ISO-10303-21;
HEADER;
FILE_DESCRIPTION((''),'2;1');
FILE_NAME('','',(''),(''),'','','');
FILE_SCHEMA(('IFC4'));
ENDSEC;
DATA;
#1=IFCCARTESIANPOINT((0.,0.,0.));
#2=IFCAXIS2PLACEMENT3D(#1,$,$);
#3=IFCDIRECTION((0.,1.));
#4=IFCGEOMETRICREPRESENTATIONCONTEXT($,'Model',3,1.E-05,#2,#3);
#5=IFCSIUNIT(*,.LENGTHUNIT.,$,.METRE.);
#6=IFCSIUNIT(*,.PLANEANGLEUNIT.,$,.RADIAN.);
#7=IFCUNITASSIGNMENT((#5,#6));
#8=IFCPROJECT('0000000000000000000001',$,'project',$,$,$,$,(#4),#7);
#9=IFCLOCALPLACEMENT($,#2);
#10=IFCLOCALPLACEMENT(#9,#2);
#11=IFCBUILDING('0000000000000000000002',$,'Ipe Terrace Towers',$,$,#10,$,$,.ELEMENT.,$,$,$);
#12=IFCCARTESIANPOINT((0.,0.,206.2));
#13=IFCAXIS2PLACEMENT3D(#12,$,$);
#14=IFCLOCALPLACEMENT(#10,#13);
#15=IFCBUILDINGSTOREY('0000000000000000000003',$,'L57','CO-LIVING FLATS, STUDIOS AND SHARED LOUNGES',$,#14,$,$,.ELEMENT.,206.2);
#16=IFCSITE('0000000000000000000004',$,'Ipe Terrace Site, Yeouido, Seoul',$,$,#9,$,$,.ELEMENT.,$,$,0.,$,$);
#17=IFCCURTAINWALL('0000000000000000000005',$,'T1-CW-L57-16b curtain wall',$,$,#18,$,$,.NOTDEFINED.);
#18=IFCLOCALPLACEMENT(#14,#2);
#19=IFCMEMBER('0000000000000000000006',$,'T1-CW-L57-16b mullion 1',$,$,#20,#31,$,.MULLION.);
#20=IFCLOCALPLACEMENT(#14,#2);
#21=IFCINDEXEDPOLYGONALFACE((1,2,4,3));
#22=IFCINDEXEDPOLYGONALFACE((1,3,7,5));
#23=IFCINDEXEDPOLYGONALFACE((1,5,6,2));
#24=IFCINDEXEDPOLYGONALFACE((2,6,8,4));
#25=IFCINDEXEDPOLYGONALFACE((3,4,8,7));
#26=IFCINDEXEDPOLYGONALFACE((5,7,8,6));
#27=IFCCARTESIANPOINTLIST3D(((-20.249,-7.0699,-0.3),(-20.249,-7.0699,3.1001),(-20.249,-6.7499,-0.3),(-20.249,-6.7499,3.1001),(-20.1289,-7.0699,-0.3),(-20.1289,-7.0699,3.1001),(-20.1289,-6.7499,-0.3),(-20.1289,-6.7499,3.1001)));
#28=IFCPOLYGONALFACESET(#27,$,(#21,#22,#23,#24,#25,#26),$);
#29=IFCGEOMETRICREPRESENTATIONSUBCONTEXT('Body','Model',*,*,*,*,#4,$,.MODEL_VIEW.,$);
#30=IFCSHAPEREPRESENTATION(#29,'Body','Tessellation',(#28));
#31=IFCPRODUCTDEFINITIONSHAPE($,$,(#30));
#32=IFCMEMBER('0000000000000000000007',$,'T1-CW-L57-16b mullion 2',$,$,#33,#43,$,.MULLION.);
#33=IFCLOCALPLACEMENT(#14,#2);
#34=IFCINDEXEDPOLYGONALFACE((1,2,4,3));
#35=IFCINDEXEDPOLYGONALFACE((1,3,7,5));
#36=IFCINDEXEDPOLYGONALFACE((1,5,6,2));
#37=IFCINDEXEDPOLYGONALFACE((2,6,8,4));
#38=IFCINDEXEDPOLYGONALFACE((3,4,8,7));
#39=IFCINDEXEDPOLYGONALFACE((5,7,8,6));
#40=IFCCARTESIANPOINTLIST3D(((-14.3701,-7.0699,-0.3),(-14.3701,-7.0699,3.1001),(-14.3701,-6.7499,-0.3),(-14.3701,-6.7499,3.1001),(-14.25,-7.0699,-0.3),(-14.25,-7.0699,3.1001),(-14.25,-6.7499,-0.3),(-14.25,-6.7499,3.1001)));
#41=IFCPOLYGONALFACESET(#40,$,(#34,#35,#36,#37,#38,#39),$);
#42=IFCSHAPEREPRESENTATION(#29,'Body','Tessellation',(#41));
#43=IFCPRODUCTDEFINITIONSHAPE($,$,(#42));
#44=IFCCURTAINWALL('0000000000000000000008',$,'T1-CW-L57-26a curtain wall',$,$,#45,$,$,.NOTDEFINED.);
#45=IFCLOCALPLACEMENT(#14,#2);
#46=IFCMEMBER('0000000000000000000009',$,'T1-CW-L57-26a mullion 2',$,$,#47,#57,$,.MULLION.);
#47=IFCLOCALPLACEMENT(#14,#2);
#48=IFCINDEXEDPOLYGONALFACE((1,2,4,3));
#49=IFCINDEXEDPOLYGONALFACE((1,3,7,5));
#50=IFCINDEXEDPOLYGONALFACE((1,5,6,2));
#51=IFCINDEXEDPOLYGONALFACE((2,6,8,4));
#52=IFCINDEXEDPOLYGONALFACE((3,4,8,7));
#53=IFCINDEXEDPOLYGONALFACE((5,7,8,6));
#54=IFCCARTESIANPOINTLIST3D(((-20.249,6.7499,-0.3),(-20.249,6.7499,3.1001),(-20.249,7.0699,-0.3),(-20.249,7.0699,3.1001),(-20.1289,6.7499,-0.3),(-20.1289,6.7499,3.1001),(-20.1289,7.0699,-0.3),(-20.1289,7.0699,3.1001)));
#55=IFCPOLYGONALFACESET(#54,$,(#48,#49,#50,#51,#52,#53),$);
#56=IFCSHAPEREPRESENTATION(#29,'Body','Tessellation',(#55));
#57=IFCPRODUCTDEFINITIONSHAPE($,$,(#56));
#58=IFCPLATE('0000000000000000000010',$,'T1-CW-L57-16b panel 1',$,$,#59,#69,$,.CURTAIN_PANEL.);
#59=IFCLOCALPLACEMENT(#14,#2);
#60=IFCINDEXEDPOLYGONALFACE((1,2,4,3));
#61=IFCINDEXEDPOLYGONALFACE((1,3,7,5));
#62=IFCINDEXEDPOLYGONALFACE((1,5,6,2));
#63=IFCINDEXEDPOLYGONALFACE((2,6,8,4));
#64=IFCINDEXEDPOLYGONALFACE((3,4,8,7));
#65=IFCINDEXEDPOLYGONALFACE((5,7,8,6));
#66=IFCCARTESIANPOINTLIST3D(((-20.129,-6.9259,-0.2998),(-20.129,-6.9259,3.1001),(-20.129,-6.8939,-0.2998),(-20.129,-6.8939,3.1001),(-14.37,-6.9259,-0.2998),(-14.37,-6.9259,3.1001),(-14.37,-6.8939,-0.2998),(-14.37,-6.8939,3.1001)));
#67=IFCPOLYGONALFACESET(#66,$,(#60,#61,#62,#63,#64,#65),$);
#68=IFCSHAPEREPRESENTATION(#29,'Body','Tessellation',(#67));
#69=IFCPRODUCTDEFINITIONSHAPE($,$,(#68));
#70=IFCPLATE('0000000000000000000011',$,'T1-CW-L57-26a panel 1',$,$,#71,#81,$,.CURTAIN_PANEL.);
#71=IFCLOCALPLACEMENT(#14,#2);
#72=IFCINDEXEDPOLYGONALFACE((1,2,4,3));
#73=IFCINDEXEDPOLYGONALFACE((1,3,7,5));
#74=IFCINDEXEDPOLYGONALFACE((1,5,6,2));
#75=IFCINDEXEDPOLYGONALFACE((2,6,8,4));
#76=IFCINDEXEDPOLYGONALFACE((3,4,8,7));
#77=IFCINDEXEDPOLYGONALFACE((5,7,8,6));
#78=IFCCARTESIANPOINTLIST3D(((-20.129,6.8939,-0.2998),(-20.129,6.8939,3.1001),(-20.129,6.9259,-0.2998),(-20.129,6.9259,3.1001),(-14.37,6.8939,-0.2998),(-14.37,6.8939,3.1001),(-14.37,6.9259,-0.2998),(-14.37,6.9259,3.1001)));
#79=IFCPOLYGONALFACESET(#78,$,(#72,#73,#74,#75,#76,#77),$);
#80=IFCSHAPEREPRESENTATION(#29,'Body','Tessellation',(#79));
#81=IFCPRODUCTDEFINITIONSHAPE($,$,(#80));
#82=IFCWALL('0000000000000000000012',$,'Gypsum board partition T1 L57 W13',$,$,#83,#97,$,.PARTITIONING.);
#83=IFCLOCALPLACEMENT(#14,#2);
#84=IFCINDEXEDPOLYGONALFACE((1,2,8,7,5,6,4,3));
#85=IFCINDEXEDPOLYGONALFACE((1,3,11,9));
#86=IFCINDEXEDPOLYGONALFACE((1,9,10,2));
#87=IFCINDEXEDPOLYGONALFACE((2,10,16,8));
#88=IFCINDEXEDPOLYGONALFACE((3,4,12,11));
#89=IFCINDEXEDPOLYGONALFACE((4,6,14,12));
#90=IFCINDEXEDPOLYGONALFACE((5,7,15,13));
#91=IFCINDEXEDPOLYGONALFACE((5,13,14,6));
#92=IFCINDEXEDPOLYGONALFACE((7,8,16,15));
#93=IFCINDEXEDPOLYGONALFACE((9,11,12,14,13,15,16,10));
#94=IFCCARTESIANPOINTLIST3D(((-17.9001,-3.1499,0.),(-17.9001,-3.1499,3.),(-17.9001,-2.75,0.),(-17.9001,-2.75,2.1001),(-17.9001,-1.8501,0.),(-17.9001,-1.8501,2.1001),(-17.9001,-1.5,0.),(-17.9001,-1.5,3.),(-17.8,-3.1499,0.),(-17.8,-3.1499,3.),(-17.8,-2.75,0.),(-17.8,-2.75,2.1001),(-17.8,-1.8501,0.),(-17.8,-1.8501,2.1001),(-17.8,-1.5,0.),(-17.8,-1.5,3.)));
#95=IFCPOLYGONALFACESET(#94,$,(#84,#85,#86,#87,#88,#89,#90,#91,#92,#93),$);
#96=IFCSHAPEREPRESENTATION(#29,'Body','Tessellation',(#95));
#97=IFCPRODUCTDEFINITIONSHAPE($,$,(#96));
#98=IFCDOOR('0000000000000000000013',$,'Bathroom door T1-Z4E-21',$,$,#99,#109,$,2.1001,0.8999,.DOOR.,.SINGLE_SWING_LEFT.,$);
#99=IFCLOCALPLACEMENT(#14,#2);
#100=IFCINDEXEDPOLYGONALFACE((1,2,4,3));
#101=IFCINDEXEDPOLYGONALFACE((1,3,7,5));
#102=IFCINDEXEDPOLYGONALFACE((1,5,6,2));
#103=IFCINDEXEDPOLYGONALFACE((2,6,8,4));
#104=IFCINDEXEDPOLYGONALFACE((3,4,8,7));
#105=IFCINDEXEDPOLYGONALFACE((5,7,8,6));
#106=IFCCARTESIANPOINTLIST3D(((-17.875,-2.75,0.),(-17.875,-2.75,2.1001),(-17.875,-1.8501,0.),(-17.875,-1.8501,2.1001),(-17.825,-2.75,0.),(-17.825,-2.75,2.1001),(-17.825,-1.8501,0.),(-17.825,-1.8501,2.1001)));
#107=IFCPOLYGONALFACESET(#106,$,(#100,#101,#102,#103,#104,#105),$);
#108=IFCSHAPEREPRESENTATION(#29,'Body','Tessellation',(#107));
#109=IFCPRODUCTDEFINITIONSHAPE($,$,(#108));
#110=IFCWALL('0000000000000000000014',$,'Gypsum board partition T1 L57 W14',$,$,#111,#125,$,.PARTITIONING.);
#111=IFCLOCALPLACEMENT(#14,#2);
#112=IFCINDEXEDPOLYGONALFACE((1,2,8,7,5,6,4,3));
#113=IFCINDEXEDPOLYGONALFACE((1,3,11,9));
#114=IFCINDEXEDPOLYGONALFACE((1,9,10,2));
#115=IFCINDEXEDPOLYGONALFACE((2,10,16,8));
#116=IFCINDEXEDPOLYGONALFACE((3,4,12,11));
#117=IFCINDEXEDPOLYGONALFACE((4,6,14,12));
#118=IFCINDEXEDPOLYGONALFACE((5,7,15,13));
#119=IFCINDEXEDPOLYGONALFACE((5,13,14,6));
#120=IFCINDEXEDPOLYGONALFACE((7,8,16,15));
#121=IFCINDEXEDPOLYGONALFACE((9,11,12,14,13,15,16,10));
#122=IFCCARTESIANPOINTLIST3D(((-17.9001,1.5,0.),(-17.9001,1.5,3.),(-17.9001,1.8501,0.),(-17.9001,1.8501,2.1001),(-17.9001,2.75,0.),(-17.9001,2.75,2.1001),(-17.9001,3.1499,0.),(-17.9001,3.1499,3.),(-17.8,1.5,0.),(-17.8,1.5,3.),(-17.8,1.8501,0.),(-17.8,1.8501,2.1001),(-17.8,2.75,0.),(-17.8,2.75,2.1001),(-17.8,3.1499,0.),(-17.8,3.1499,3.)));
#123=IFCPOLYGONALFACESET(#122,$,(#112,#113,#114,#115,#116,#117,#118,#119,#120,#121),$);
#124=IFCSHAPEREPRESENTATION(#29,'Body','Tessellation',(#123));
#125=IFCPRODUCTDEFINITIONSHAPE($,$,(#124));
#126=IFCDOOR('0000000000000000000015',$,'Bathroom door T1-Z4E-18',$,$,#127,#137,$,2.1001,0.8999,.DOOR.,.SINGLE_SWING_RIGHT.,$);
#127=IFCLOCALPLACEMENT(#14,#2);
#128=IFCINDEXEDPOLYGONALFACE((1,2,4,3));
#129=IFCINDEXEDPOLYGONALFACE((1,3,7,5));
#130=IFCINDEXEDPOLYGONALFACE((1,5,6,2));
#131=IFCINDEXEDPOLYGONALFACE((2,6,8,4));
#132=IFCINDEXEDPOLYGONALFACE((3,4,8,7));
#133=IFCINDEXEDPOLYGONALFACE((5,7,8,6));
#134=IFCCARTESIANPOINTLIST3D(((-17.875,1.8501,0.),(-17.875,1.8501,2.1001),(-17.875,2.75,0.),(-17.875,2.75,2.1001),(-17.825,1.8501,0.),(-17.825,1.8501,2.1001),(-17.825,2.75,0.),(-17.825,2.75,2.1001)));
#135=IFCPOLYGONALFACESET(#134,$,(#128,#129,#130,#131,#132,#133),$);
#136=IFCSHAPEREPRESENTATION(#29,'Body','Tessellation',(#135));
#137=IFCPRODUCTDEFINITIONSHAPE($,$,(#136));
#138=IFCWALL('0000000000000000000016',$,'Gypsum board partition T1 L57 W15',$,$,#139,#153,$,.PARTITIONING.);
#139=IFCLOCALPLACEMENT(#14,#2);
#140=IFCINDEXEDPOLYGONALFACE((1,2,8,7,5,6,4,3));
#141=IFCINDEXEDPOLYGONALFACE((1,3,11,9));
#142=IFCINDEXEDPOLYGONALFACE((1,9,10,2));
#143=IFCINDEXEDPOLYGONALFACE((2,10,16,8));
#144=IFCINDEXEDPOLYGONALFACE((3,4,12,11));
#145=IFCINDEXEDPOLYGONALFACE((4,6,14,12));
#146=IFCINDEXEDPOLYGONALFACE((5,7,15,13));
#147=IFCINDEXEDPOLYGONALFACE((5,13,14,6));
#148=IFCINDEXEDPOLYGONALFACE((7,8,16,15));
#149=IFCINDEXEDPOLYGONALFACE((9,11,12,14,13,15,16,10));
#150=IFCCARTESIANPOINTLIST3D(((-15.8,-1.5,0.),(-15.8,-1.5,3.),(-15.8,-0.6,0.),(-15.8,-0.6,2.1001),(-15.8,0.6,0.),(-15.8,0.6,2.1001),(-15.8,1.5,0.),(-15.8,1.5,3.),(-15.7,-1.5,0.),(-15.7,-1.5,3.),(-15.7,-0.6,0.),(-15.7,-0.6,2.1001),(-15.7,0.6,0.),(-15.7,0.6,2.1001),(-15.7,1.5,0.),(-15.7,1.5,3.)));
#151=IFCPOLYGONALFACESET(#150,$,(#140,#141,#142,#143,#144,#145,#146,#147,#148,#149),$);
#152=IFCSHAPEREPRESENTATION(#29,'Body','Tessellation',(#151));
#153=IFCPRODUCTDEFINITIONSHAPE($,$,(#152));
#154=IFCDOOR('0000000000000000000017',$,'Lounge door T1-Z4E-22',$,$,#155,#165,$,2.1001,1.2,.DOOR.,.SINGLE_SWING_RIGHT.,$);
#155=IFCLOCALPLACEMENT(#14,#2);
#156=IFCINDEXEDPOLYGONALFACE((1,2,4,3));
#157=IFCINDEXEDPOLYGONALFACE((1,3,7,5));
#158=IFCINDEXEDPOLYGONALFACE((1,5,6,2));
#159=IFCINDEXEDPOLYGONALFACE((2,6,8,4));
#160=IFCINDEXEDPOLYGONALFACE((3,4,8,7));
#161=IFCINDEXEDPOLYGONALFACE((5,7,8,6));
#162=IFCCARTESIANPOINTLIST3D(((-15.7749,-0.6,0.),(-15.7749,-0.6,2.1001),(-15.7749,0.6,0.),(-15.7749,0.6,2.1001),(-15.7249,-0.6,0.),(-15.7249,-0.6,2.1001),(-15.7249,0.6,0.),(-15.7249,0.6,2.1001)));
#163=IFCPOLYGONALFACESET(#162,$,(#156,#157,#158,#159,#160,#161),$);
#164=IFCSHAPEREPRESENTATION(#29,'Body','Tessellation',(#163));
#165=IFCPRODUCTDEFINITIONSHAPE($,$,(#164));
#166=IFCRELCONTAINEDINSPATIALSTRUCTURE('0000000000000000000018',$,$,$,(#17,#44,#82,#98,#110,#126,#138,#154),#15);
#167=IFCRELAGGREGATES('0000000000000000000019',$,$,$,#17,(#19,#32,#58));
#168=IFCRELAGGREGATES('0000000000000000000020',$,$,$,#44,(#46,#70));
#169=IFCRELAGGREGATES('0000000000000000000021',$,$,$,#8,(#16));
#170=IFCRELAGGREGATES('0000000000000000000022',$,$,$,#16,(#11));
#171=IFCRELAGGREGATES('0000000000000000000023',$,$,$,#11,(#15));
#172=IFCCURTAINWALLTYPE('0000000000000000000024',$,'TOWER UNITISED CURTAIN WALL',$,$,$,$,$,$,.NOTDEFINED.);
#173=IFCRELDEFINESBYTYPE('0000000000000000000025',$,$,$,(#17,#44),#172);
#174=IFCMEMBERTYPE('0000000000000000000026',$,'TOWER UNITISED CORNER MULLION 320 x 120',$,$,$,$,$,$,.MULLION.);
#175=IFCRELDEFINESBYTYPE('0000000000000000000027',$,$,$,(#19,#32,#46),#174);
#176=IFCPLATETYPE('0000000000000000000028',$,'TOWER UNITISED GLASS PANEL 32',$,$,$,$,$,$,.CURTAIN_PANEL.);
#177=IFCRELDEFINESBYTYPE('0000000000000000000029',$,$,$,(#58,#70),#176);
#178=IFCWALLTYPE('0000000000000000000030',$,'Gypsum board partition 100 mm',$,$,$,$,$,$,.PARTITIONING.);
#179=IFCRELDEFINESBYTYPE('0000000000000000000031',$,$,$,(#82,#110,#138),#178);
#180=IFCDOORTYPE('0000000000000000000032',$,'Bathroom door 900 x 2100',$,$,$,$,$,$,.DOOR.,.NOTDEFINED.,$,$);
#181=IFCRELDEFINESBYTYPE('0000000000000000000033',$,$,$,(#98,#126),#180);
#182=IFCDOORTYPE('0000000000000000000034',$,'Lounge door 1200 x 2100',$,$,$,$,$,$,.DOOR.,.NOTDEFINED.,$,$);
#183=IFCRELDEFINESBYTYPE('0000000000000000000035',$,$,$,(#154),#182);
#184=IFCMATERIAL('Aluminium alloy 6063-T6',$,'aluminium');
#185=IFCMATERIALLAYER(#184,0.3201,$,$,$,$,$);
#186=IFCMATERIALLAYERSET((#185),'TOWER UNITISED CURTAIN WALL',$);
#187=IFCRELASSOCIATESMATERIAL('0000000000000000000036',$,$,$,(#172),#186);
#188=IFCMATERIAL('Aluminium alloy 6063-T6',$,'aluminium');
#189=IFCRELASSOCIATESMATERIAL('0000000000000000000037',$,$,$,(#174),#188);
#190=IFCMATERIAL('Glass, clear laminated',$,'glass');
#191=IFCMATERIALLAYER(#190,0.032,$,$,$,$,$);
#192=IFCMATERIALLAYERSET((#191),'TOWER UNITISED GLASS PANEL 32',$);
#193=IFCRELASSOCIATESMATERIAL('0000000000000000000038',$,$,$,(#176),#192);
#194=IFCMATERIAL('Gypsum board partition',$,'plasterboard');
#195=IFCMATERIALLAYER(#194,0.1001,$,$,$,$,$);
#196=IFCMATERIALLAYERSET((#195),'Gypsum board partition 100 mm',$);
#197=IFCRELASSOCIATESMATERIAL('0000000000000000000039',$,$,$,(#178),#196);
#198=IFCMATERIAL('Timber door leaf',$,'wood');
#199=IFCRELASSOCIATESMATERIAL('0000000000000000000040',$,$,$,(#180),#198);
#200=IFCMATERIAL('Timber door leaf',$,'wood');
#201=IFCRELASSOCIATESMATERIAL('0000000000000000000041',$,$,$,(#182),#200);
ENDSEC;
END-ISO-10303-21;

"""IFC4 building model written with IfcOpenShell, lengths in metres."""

from ifc_helpers import new_model, si_unit, direction, frame, frame_2d, origin, origin_2d, place, context, subcontext, project, spatial, rectangle, extrude, material, layer, layer_set, material_profile, profile_set, type_object, element, fill, aggregate, save


model = new_model("IFC4")

# Units and contexts
model_context = context("Model", 3, precision=1e-05, world=origin(), true_north=direction((0.0, 1.0)))
body_context = subcontext(model_context, "Body", "Model", "MODEL_VIEW")
ifc_project = project(units=[si_unit("LENGTHUNIT", "METRE"), si_unit("PLANEANGLEUNIT", "RADIAN")], contexts=[model_context])

# Site, building, storey
site_placement = place(None, origin())
site = spatial("IfcSite", under=ifc_project, at=site_placement, Name="Ipe Terrace Site, Yeouido, Seoul", CompositionType="ELEMENT", RefElevation=0.0)
building_placement = place(site_placement, origin())
building = spatial("IfcBuilding", under=site, at=building_placement, Name="Ipe Terrace Towers", CompositionType="ELEMENT")
storey_placement = place(building_placement, frame((0.0, 0.0, 206.2)))
storey = spatial("IfcBuildingStorey", under=building, at=storey_placement, Name="L57", Description="CO-LIVING FLATS, STUDIOS AND SHARED LOUNGES", CompositionType="ELEMENT", Elevation=206.2)

# Curtain wall, members
ifc_material_1 = material(Name="Aluminium alloy 6063-T6", Category="aluminium")
ifc_layer_1 = layer(ifc_material_1, 0.3201)
ifc_layer_set_1 = layer_set([ifc_layer_1], Name="TOWER UNITISED CURTAIN WALL")
curtain_wall_type = type_object("IfcCurtainWallType", Name="TOWER UNITISED CURTAIN WALL", PredefinedType="NOTDEFINED", material=ifc_layer_set_1)
curtain_wall_1_placement = place(storey_placement, origin())
curtain_wall_1 = element("IfcCurtainWall", 1, at=curtain_wall_1_placement, inside=storey, type_object=curtain_wall_type, Name="T1-CW-L57-16b curtain wall", PredefinedType="NOTDEFINED")
ifc_material_2 = material(Name="Aluminium alloy 6063-T6", Category="aluminium")
ifc_material_profile = material_profile(ifc_material_2, rectangle(XDim=0.3201, YDim=0.1201, at=origin_2d()), Name="TOWER UNITISED CORNER MULLION 320 x 120")
ifc_profile_set = profile_set([ifc_material_profile], Name="Aluminium alloy 6063-T6")
member_type = type_object("IfcMemberType", Name="TOWER UNITISED CORNER MULLION 320 x 120", PredefinedType="MULLION", material=ifc_profile_set)
member_1_placement = place(storey_placement, frame((-20.189, -6.9099, -0.3), z_axis=(0.0, 0.0, 1.0), x_axis=(0.0, -1.0, 0.0)))
member_1 = element("IfcMember", 2, at=member_1_placement, type_object=member_type, Name="T1-CW-L57-16b mullion 1", PredefinedType="MULLION", context=body_context, shape_type="SweptSolid", body=[
    extrude(rectangle(XDim=0.3201, YDim=0.1201, at=origin_2d()), origin(), (0.0, 0.0, 1.0), 3.4001),
])
member_2_placement = place(storey_placement, frame((-14.3101, -6.9099, -0.3), z_axis=(0.0, 0.0, 1.0), x_axis=(0.0, -1.0, 0.0)))
member_2 = element("IfcMember", 3, at=member_2_placement, type_object=member_type, Name="T1-CW-L57-16b mullion 2", PredefinedType="MULLION", context=body_context, shape_type="SweptSolid", body=[
    extrude(rectangle(XDim=0.3201, YDim=0.1201, at=origin_2d()), origin(), (0.0, 0.0, 1.0), 3.4001),
])

# Curtain wall, member
curtain_wall_2_placement = place(storey_placement, origin())
curtain_wall_2 = element("IfcCurtainWall", 4, at=curtain_wall_2_placement, inside=storey, type_object=curtain_wall_type, Name="T1-CW-L57-26a curtain wall", PredefinedType="NOTDEFINED")
member_3_placement = place(storey_placement, frame((-20.189, 6.9099, -0.3), z_axis=(0.0, 0.0, 1.0), x_axis=(0.0, 1.0, 0.0)))
member_3 = element("IfcMember", 5, at=member_3_placement, type_object=member_type, Name="T1-CW-L57-26a mullion 2", PredefinedType="MULLION", context=body_context, shape_type="SweptSolid", body=[
    extrude(rectangle(XDim=0.3201, YDim=0.1201, at=origin_2d()), origin(), (0.0, 0.0, 1.0), 3.4001),
])

# Plates
ifc_material_3 = material(Name="Glass, clear laminated", Category="glass")
ifc_layer_2 = layer(ifc_material_3, 0.032)
ifc_layer_set_2 = layer_set([ifc_layer_2], Name="TOWER UNITISED GLASS PANEL 32")
plate_type = type_object("IfcPlateType", Name="TOWER UNITISED GLASS PANEL 32", PredefinedType="CURTAIN_PANEL", material=ifc_layer_set_2)
plate_1_placement = place(storey_placement, frame((-17.2495, -6.9099, -0.2998), z_axis=(0.0, 0.0, 1.0), x_axis=(1.0, 0.0, 0.0)))
plate_1 = element("IfcPlate", 6, at=plate_1_placement, type_object=plate_type, Name="T1-CW-L57-16b panel 1", PredefinedType="CURTAIN_PANEL", context=body_context, shape_type="SweptSolid", body=[
    extrude(rectangle(XDim=5.759, YDim=0.032, at=origin_2d()), origin(), (0.0, 0.0, 1.0), 3.3999),
])
aggregate(curtain_wall_1, [member_1, member_2, plate_1])
plate_2_placement = place(storey_placement, frame((-17.2495, 6.9099, -0.2998), z_axis=(0.0, 0.0, 1.0), x_axis=(-1.0, 0.0, 0.0)))
plate_2 = element("IfcPlate", 7, at=plate_2_placement, type_object=plate_type, Name="T1-CW-L57-26a panel 1", PredefinedType="CURTAIN_PANEL", context=body_context, shape_type="SweptSolid", body=[
    extrude(rectangle(XDim=5.759, YDim=0.032, at=origin_2d()), origin(), (0.0, 0.0, 1.0), 3.3999),
])
aggregate(curtain_wall_2, [member_3, plate_2])

# Walls, openings, doors
ifc_material_4 = material(Name="Gypsum board partition", Category="plasterboard")
ifc_layer_3 = layer(ifc_material_4, 0.1001)
ifc_layer_set_3 = layer_set([ifc_layer_3], Name="Gypsum board partition 100 mm")
wall_type_1 = type_object("IfcWallType", Name="Gypsum board partition 100 mm", PredefinedType="PARTITIONING", material=ifc_layer_set_3)
wall_1_placement = place(storey_placement, frame((-17.8501, -3.1499, 0.0), z_axis=(0.0, 0.0, 1.0), x_axis=(0.0, 1.0, 0.0)))
wall_1 = element("IfcWall", 8, at=wall_1_placement, inside=storey, type_object=wall_type_1, Name="Gypsum board partition T1 L57 W13", PredefinedType="PARTITIONING", context=body_context, shape_type="SweptSolid", body=[
    extrude(rectangle(XDim=1.6499, YDim=0.1001, at=frame_2d((0.825, 0.0))), origin(), (0.0, 0.0, 1.0), 3.0),
])
opening_1_placement = place(wall_1_placement, frame((0.3999, 0.0, 0.0)))
opening_1 = element("IfcOpeningElement", 9, at=opening_1_placement, cuts=wall_1, PredefinedType="OPENING", context=body_context, shape_type="SweptSolid", body=[
    extrude(rectangle(XDim=0.8999, YDim=2.1001, at=frame_2d((0.45, 1.05))), frame((0.0, 0.0601, 0.0), z_axis=(0.0, -1.0, 0.0), x_axis=(1.0, 0.0, 0.0)), (0.0, 0.0, 1.0), 0.1201),
])
ifc_material_5 = material(Name="Timber door leaf", Category="wood")
door_type_1 = type_object("IfcDoorType", Name="Bathroom door 900 x 2100", OperationType="NOTDEFINED", PredefinedType="DOOR", material=ifc_material_5)
door_1_placement = place(opening_1_placement, origin())
door_1 = element("IfcDoor", 10, at=door_1_placement, inside=storey, type_object=door_type_1, Name="Bathroom door T1-Z4E-21", OperationType="SINGLE_SWING_LEFT", OverallHeight=2.1001, OverallWidth=0.8999, PredefinedType="DOOR", context=body_context, shape_type="SweptSolid", body=[
    extrude(rectangle(XDim=0.8999, YDim=2.1001, at=frame_2d((0.45, 1.05))), frame((0.0, 0.0249, 0.0), z_axis=(0.0, -1.0, 0.0), x_axis=(1.0, 0.0, 0.0)), (0.0, 0.0, 1.0), 0.05),
])
fill(opening_1, door_1)
wall_2_placement = place(storey_placement, frame((-17.8501, 1.5, 0.0), z_axis=(0.0, 0.0, 1.0), x_axis=(0.0, 1.0, 0.0)))
wall_2 = element("IfcWall", 11, at=wall_2_placement, inside=storey, type_object=wall_type_1, Name="Gypsum board partition T1 L57 W14", PredefinedType="PARTITIONING", context=body_context, shape_type="SweptSolid", body=[
    extrude(rectangle(XDim=1.6499, YDim=0.1001, at=frame_2d((0.825, 0.0))), origin(), (0.0, 0.0, 1.0), 3.0),
])
opening_2_placement = place(wall_2_placement, frame((0.3501, 0.0, 0.0)))
opening_2 = element("IfcOpeningElement", 12, at=opening_2_placement, cuts=wall_2, PredefinedType="OPENING", context=body_context, shape_type="SweptSolid", body=[
    extrude(rectangle(XDim=0.8999, YDim=2.1001, at=frame_2d((0.45, 1.05))), frame((0.0, 0.0601, 0.0), z_axis=(0.0, -1.0, 0.0), x_axis=(1.0, 0.0, 0.0)), (0.0, 0.0, 1.0), 0.1201),
])
door_2_placement = place(opening_2_placement, origin())
door_2 = element("IfcDoor", 13, at=door_2_placement, inside=storey, type_object=door_type_1, Name="Bathroom door T1-Z4E-18", OperationType="SINGLE_SWING_RIGHT", OverallHeight=2.1001, OverallWidth=0.8999, PredefinedType="DOOR", context=body_context, shape_type="SweptSolid", body=[
    extrude(rectangle(XDim=0.8999, YDim=2.1001, at=frame_2d((0.45, 1.05))), frame((0.0, 0.0249, 0.0), z_axis=(0.0, -1.0, 0.0), x_axis=(1.0, 0.0, 0.0)), (0.0, 0.0, 1.0), 0.05),
])
fill(opening_2, door_2)
wall_3_placement = place(storey_placement, frame((-15.75, -1.5, 0.0), z_axis=(0.0, 0.0, 1.0), x_axis=(0.0, 1.0, 0.0)))
wall_3 = element("IfcWall", 14, at=wall_3_placement, inside=storey, type_object=wall_type_1, Name="Gypsum board partition T1 L57 W15", PredefinedType="PARTITIONING", context=body_context, shape_type="SweptSolid", body=[
    extrude(rectangle(XDim=3.0, YDim=0.1001, at=frame_2d((1.5, 0.0))), origin(), (0.0, 0.0, 1.0), 3.0),
])
opening_3_placement = place(wall_3_placement, frame((0.8999, 0.0, 0.0)))
opening_3 = element("IfcOpeningElement", 15, at=opening_3_placement, cuts=wall_3, PredefinedType="OPENING", context=body_context, shape_type="SweptSolid", body=[
    extrude(rectangle(XDim=1.2, YDim=2.1001, at=frame_2d((0.6001, 1.05))), frame((0.0, 0.0601, 0.0), z_axis=(0.0, -1.0, 0.0), x_axis=(1.0, 0.0, 0.0)), (0.0, 0.0, 1.0), 0.1201),
])
ifc_material_6 = material(Name="Timber door leaf", Category="wood")
door_type_2 = type_object("IfcDoorType", Name="Lounge door 1200 x 2100", OperationType="NOTDEFINED", PredefinedType="DOOR", material=ifc_material_6)
door_3_placement = place(opening_3_placement, origin())
door_3 = element("IfcDoor", 16, at=door_3_placement, inside=storey, type_object=door_type_2, Name="Lounge door T1-Z4E-22", OperationType="SINGLE_SWING_RIGHT", OverallHeight=2.1001, OverallWidth=1.2, PredefinedType="DOOR", context=body_context, shape_type="SweptSolid", body=[
    extrude(rectangle(XDim=1.2, YDim=2.1001, at=frame_2d((0.6001, 1.05))), frame((0.0, 0.0249, 0.0), z_axis=(0.0, -1.0, 0.0), x_axis=(1.0, 0.0, 0.0)), (0.0, 0.0, 1.0), 0.05),
])
fill(opening_3, door_3)

save(model, "model.ifc")
